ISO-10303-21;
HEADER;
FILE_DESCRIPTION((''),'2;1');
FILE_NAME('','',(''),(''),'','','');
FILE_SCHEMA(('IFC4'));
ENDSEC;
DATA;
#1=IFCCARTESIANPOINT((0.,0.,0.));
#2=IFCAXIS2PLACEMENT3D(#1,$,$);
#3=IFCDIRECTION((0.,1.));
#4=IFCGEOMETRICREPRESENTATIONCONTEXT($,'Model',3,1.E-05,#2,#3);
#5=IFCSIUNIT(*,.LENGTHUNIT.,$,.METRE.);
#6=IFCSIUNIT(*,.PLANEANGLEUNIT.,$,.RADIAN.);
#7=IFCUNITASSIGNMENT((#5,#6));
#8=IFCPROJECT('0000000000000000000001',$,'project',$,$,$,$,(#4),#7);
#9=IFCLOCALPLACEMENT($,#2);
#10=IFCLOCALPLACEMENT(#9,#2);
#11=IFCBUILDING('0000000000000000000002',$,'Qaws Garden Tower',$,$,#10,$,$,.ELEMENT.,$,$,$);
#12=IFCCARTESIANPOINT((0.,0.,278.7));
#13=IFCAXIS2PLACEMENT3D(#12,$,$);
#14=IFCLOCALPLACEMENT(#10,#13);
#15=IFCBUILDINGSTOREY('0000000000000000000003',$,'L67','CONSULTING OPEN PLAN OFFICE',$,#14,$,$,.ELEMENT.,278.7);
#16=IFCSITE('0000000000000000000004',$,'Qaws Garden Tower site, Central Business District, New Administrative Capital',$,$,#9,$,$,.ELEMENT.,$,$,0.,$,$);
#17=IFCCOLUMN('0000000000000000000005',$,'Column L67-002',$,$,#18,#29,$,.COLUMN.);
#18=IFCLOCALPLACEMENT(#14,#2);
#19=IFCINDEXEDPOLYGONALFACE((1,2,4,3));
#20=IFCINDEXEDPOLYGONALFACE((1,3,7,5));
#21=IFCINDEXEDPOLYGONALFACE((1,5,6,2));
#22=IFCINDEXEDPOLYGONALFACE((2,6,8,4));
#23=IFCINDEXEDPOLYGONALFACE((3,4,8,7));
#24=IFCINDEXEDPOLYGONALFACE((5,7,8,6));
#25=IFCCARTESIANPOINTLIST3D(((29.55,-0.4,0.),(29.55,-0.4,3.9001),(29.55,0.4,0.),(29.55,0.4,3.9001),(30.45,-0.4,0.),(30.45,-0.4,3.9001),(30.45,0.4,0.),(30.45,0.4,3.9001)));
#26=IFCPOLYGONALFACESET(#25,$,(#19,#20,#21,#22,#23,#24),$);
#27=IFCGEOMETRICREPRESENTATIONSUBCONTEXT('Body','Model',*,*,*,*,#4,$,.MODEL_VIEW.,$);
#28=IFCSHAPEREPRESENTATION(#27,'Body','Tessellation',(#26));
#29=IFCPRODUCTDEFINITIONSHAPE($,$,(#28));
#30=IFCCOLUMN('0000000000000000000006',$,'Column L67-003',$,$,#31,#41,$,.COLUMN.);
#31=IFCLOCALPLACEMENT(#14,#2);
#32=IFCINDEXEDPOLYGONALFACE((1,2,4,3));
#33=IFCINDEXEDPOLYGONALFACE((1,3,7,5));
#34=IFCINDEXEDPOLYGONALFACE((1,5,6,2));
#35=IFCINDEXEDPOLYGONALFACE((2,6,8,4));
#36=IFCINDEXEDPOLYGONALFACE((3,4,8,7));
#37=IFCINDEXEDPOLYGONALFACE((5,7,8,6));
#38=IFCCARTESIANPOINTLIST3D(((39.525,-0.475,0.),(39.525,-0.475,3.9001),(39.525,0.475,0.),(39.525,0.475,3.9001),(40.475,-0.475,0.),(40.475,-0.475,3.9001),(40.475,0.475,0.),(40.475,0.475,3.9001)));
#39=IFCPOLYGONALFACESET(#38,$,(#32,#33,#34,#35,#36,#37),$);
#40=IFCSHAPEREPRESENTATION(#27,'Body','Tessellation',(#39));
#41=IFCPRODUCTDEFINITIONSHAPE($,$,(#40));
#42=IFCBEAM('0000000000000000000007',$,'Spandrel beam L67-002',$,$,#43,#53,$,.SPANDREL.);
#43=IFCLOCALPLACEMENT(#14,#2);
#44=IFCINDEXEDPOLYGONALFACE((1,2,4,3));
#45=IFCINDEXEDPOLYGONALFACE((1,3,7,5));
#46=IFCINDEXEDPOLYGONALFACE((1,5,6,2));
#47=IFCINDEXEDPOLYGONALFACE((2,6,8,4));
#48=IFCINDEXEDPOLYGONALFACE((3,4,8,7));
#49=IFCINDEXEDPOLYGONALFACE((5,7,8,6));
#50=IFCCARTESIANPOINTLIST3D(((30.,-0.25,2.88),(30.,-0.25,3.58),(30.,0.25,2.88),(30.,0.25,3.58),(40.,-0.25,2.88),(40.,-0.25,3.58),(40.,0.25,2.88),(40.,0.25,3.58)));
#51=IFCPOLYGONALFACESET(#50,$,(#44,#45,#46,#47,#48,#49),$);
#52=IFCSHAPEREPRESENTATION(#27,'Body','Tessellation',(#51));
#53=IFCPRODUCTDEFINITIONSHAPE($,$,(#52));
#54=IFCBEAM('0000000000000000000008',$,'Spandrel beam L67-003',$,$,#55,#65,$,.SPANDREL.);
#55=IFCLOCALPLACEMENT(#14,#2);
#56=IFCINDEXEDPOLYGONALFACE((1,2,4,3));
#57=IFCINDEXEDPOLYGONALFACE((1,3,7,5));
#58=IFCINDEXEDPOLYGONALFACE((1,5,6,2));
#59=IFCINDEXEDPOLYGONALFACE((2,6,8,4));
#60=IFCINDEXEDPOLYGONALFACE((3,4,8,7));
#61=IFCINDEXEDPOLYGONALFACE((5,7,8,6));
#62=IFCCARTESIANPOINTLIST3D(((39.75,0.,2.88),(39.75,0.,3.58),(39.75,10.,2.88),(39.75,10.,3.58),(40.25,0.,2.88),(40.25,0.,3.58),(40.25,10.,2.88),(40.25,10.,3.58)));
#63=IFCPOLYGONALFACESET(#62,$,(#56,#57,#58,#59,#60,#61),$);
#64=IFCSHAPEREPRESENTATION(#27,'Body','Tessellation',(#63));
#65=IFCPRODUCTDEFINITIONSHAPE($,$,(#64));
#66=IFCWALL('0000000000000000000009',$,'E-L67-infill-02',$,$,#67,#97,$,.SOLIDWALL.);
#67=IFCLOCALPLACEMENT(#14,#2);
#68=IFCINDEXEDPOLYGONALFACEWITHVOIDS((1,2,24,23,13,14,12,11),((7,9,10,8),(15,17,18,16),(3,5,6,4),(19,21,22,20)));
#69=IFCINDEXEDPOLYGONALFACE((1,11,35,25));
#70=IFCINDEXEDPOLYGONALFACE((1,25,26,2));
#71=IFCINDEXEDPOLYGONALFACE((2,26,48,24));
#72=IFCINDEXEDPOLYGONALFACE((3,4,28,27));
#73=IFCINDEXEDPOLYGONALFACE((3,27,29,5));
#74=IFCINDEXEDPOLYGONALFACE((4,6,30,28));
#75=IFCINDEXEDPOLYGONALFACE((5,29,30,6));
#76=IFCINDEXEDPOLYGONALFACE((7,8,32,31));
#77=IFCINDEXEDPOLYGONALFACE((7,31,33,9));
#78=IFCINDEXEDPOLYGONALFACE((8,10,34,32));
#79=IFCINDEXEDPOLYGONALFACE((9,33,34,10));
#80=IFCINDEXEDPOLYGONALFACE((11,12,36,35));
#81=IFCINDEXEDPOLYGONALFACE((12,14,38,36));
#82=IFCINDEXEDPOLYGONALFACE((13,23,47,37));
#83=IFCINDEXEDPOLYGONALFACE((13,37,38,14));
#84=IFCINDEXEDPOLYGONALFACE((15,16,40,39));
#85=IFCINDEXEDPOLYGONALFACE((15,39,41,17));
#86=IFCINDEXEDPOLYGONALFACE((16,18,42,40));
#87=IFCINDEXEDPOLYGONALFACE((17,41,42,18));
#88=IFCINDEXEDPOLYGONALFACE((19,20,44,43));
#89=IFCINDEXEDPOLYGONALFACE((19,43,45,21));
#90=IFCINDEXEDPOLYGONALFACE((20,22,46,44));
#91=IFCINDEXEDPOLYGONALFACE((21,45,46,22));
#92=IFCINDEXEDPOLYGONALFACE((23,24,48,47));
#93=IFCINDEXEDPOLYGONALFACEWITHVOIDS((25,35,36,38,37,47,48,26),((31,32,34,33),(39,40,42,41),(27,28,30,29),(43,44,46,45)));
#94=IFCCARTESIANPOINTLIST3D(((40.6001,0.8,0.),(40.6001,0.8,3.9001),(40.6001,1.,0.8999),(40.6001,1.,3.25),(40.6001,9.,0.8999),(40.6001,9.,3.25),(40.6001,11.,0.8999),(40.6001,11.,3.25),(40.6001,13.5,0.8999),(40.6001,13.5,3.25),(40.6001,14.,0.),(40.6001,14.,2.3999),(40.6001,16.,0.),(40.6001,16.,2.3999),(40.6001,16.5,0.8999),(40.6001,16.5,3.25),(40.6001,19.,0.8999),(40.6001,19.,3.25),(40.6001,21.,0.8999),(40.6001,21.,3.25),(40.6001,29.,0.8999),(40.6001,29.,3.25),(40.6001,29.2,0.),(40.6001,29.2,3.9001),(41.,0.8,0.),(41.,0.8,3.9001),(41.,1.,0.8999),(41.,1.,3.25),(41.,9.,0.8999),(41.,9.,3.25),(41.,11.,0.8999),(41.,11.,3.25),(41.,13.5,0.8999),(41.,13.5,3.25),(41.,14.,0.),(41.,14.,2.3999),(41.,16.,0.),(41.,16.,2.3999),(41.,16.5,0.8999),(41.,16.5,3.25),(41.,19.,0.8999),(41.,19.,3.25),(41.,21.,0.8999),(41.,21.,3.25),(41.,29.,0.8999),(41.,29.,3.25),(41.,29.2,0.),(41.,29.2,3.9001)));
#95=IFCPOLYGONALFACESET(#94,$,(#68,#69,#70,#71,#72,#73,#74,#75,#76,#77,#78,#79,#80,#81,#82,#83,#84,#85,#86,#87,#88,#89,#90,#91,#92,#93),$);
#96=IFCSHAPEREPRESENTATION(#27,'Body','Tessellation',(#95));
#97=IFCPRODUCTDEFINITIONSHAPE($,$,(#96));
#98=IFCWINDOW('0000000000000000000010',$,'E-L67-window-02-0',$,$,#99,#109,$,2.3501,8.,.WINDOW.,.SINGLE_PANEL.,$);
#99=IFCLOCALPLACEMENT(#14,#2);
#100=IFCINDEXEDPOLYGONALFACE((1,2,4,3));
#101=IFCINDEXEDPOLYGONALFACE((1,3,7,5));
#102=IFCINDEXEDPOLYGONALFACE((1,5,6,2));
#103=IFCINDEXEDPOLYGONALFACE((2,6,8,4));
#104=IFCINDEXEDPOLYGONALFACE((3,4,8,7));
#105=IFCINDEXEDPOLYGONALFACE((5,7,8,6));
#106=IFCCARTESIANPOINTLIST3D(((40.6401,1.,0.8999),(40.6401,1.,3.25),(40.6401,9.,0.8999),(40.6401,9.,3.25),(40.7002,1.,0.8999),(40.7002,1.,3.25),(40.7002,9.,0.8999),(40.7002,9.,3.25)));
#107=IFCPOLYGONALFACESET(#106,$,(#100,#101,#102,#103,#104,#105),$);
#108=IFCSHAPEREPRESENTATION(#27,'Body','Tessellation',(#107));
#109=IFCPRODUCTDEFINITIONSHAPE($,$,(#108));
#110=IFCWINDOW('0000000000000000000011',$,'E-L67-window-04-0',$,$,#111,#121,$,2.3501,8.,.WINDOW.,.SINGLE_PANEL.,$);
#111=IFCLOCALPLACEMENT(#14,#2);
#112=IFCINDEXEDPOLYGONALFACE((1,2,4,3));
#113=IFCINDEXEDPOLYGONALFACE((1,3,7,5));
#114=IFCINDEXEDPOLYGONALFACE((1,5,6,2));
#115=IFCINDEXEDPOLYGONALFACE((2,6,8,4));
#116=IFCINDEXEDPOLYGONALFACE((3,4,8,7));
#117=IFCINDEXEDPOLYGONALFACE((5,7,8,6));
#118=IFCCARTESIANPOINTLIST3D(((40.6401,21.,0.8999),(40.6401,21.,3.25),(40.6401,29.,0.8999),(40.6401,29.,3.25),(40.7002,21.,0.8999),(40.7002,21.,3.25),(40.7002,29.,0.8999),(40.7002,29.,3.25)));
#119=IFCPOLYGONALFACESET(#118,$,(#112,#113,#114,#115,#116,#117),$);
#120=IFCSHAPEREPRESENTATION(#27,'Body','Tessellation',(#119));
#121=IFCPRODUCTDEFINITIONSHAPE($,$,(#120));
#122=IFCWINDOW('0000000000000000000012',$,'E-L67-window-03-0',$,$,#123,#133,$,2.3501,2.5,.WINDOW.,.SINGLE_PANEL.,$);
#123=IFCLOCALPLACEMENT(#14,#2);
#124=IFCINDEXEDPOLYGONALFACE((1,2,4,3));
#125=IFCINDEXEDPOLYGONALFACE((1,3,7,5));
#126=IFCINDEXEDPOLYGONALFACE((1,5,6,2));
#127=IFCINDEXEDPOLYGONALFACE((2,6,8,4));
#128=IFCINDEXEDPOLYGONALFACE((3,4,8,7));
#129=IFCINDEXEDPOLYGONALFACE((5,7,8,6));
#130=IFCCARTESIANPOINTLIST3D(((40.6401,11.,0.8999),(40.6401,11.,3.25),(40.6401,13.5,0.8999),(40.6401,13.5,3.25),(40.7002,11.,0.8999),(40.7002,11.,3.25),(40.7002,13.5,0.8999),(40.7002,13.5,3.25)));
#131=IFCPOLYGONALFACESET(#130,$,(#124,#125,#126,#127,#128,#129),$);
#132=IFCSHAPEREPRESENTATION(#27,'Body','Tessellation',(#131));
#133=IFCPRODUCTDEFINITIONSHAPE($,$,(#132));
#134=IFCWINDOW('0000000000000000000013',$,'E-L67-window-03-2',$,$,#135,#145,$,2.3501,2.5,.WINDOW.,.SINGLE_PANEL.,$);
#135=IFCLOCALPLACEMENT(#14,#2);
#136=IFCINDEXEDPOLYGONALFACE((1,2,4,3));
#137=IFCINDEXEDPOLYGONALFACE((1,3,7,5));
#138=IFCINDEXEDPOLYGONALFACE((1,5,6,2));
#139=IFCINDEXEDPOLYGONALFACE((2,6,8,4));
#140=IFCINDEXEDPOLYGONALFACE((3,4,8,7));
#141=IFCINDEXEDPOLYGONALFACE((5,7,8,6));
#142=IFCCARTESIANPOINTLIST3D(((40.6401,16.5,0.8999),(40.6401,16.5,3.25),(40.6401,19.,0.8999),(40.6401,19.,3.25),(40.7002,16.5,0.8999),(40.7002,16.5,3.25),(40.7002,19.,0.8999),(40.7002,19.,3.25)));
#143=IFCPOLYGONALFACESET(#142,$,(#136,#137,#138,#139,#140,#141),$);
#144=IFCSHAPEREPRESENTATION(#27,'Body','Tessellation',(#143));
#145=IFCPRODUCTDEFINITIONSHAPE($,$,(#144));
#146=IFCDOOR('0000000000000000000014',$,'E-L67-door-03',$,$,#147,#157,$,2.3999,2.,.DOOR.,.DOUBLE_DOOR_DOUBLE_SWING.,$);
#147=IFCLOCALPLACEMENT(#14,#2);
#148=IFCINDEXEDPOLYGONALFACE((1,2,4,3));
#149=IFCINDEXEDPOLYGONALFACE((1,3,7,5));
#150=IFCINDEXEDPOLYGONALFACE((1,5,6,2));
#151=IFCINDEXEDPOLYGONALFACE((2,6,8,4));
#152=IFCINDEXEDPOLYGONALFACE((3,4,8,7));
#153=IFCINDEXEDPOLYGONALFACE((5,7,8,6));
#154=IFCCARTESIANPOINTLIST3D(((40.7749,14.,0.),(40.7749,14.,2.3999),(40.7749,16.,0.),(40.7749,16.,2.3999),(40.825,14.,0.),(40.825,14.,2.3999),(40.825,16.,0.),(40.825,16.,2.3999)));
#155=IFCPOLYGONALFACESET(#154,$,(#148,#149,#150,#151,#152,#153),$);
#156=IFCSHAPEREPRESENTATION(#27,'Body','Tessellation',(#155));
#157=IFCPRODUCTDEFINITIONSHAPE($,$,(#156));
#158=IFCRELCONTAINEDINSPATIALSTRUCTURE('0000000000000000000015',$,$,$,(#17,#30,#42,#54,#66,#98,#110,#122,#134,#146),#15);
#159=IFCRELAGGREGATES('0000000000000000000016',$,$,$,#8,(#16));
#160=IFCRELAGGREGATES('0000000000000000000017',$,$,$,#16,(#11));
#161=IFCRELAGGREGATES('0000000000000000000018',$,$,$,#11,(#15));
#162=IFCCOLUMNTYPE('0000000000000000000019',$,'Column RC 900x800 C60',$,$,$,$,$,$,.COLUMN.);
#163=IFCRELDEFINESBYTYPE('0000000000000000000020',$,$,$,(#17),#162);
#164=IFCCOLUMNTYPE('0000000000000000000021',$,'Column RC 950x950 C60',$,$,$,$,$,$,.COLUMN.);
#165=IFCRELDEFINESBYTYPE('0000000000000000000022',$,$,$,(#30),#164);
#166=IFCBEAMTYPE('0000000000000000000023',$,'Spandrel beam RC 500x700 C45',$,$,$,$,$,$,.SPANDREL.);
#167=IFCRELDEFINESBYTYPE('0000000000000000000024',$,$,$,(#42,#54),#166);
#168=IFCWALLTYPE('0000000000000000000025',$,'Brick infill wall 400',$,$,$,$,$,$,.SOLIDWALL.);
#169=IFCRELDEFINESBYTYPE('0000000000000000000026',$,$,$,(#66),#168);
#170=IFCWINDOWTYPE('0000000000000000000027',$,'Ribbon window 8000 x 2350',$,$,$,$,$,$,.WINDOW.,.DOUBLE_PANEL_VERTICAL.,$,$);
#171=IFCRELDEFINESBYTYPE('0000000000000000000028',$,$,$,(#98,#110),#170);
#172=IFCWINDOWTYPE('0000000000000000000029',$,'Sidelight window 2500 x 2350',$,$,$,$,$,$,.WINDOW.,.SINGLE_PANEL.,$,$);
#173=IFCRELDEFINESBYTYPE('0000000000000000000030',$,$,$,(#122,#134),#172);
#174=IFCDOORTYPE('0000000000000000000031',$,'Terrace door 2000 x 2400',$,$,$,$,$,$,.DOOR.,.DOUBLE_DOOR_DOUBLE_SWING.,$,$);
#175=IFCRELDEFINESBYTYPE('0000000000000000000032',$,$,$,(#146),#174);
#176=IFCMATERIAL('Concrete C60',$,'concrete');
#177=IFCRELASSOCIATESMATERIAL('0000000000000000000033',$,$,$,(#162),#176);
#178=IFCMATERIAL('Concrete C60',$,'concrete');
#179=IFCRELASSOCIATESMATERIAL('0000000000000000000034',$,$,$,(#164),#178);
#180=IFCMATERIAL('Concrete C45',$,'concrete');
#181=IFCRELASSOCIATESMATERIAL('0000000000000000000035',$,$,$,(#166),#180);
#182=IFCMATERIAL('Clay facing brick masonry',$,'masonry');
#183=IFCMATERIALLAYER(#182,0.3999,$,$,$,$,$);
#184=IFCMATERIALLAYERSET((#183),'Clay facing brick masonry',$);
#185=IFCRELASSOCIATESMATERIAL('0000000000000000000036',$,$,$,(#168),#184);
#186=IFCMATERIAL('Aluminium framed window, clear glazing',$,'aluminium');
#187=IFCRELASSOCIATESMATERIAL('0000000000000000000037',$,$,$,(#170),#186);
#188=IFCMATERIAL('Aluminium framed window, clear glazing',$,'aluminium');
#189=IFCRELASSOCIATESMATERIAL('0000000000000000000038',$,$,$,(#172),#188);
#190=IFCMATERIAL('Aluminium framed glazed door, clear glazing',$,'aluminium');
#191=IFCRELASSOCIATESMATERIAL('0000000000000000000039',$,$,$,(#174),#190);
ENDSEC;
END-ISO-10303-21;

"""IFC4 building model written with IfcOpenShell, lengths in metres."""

from ifc_helpers import new_model, si_unit, direction, frame, frame_2d, origin, origin_2d, place, context, subcontext, project, spatial, rectangle, extrude, material, layer, layer_set, material_profile, profile_set, type_object, element, fill, save


model = new_model("IFC4")

# Units and contexts
model_context = context("Model", 3, precision=1e-05, world=origin(), true_north=direction((0.0, 1.0)))
body_context = subcontext(model_context, "Body", "Model", "MODEL_VIEW")
ifc_project = project(units=[si_unit("LENGTHUNIT", "METRE"), si_unit("PLANEANGLEUNIT", "RADIAN")], contexts=[model_context])

# Site, building, storey
site_placement = place(None, origin())
site = spatial("IfcSite", under=ifc_project, at=site_placement, Name="Qaws Garden Tower site, Central Business District, New Administrative Capital", CompositionType="ELEMENT", RefElevation=0.0)
building_placement = place(site_placement, origin())
building = spatial("IfcBuilding", under=site, at=building_placement, Name="Qaws Garden Tower", CompositionType="ELEMENT")
storey_placement = place(building_placement, frame((0.0, 0.0, 278.7)))
storey = spatial("IfcBuildingStorey", under=building, at=storey_placement, Name="L67", Description="CONSULTING OPEN PLAN OFFICE", CompositionType="ELEMENT", Elevation=278.7)

# Columns
ifc_material_1 = material(Name="Concrete C60", Category="concrete")
ifc_material_profile_1 = material_profile(ifc_material_1, rectangle(XDim=0.8999, YDim=0.8, at=origin_2d()), Name="RC 900x800")
ifc_profile_set_1 = profile_set([ifc_material_profile_1], Name="Concrete C60")
column_type_1 = type_object("IfcColumnType", Name="Column RC 900x800 C60", PredefinedType="COLUMN", material=ifc_profile_set_1)
column_1_placement = place(storey_placement, frame((30.0, 0.0, 0.0), z_axis=(0.0, 0.0, 1.0), x_axis=(1.0, 0.0, 0.0)))
element("IfcColumn", 1, at=column_1_placement, inside=storey, type_object=column_type_1, Name="Column L67-002", PredefinedType="COLUMN", context=body_context, shape_type="SweptSolid", body=[
    extrude(rectangle(XDim=0.8999, YDim=0.8, at=origin_2d()), origin(), (0.0, 0.0, 1.0), 3.9001),
])
ifc_material_2 = material(Name="Concrete C60", Category="concrete")
ifc_material_profile_2 = material_profile(ifc_material_2, rectangle(XDim=0.95, YDim=0.95, at=origin_2d()), Name="RC 950x950")
ifc_profile_set_2 = profile_set([ifc_material_profile_2], Name="Concrete C60")
column_type_2 = type_object("IfcColumnType", Name="Column RC 950x950 C60", PredefinedType="COLUMN", material=ifc_profile_set_2)
column_2_placement = place(storey_placement, frame((40.0, 0.0, 0.0), z_axis=(0.0, 0.0, 1.0), x_axis=(1.0, 0.0, 0.0)))
element("IfcColumn", 2, at=column_2_placement, inside=storey, type_object=column_type_2, Name="Column L67-003", PredefinedType="COLUMN", context=body_context, shape_type="SweptSolid", body=[
    extrude(rectangle(XDim=0.95, YDim=0.95, at=origin_2d()), origin(), (0.0, 0.0, 1.0), 3.9001),
])

# Beams
ifc_material_3 = material(Name="Concrete C45", Category="concrete")
ifc_material_profile_3 = material_profile(ifc_material_3, rectangle(XDim=0.5, YDim=0.7, at=origin_2d()), Name="RC 500x700")
ifc_profile_set_3 = profile_set([ifc_material_profile_3], Name="Concrete C45")
beam_type = type_object("IfcBeamType", Name="Spandrel beam RC 500x700 C45", PredefinedType="SPANDREL", material=ifc_profile_set_3)
for number, where, z_axis, x_axis, name in (
    (3, (30.0, 0.0, 3.23), (1.0, 0.0, 0.0), (0.0, 1.0, 0.0), "Spandrel beam L67-002"),
    (4, (40.0, 0.0, 3.23), (0.0, 1.0, 0.0), (-1.0, 0.0, 0.0), "Spandrel beam L67-003"),
):
    element("IfcBeam", number, at=place(storey_placement, frame(where, z_axis=z_axis, x_axis=x_axis)), inside=storey, type_object=beam_type, Name=name, PredefinedType="SPANDREL", context=body_context, shape_type="SweptSolid", body=[
        extrude(rectangle(XDim=0.5, YDim=0.7, at=origin_2d()), origin(), (0.0, 0.0, 1.0), 10.0),
    ])

# Wall, openings, windows, door
ifc_material_4 = material(Name="Clay facing brick masonry", Category="masonry")
ifc_layer_1 = layer(ifc_material_4, 0.3999)
ifc_layer_set_1 = layer_set([ifc_layer_1], Name="Clay facing brick masonry")
wall_type_1 = type_object("IfcWallType", Name="Brick infill wall 400", PredefinedType="SOLIDWALL", material=ifc_layer_set_1)
wall_1_placement = place(storey_placement, frame((40.8, 0.8, 0.0), z_axis=(0.0, 0.0, 1.0), x_axis=(0.0, 1.0, 0.0)))
wall_1 = element("IfcWall", 5, at=wall_1_placement, inside=storey, type_object=wall_type_1, Name="E-L67-infill-02", PredefinedType="SOLIDWALL", context=body_context, shape_type="SweptSolid", body=[
    extrude(rectangle(XDim=28.3999, YDim=0.3999, at=frame_2d((14.2, 0.0))), origin(), (0.0, 0.0, 1.0), 3.9001),
])
opening_1_placement = place(wall_1_placement, frame((0.2, 0.0, 0.8999)))
opening_1 = element("IfcOpeningElement", 6, at=opening_1_placement, cuts=wall_1, PredefinedType="OPENING", context=body_context, shape_type="SweptSolid", body=[
    extrude(rectangle(XDim=8.0, YDim=2.3501, at=frame_2d((4.0, 1.175))), frame((0.0, 0.21, 0.0), z_axis=(0.0, -1.0, 0.0), x_axis=(1.0, 0.0, 0.0)), (0.0, 0.0, 1.0), 0.4199),
])
opening_2_placement = place(wall_1_placement, frame((10.2, 0.0, 0.8999)))
opening_2 = element("IfcOpeningElement", 7, at=opening_2_placement, cuts=wall_1, PredefinedType="OPENING", context=body_context, shape_type="SweptSolid", body=[
    extrude(rectangle(XDim=2.5, YDim=2.3501, at=frame_2d((1.25, 1.175))), frame((0.0, 0.21, 0.0), z_axis=(0.0, -1.0, 0.0), x_axis=(1.0, 0.0, 0.0)), (0.0, 0.0, 1.0), 0.4199),
])
opening_3_placement = place(wall_1_placement, frame((13.2, 0.0, 0.0)))
opening_3 = element("IfcOpeningElement", 8, at=opening_3_placement, cuts=wall_1, PredefinedType="OPENING", context=body_context, shape_type="SweptSolid", body=[
    extrude(rectangle(XDim=2.0, YDim=2.3999, at=frame_2d((1.0, 1.2))), frame((0.0, 0.21, 0.0), z_axis=(0.0, -1.0, 0.0), x_axis=(1.0, 0.0, 0.0)), (0.0, 0.0, 1.0), 0.4199),
])
opening_4_placement = place(wall_1_placement, frame((15.7, 0.0, 0.8999)))
opening_4 = element("IfcOpeningElement", 9, at=opening_4_placement, cuts=wall_1, PredefinedType="OPENING", context=body_context, shape_type="SweptSolid", body=[
    extrude(rectangle(XDim=2.5, YDim=2.3501, at=frame_2d((1.25, 1.175))), frame((0.0, 0.21, 0.0), z_axis=(0.0, -1.0, 0.0), x_axis=(1.0, 0.0, 0.0)), (0.0, 0.0, 1.0), 0.4199),
])
opening_5_placement = place(wall_1_placement, frame((20.2, 0.0, 0.8999)))
opening_5 = element("IfcOpeningElement", 10, at=opening_5_placement, cuts=wall_1, PredefinedType="OPENING", context=body_context, shape_type="SweptSolid", body=[
    extrude(rectangle(XDim=8.0, YDim=2.3501, at=frame_2d((4.0, 1.175))), frame((0.0, 0.21, 0.0), z_axis=(0.0, -1.0, 0.0), x_axis=(1.0, 0.0, 0.0)), (0.0, 0.0, 1.0), 0.4199),
])
ifc_material_5 = material(Name="Aluminium framed window, clear glazing", Category="aluminium")
window_type_1 = type_object("IfcWindowType", Name="Ribbon window 8000 x 2350", PartitioningType="DOUBLE_PANEL_VERTICAL", PredefinedType="WINDOW", material=ifc_material_5)
window_1_placement = place(opening_1_placement, origin())
window_1 = element("IfcWindow", 11, at=window_1_placement, inside=storey, type_object=window_type_1, Name="E-L67-window-02-0", OverallHeight=2.3501, OverallWidth=8.0, PartitioningType="SINGLE_PANEL", PredefinedType="WINDOW", context=body_context, shape_type="SweptSolid", body=[
    extrude(rectangle(XDim=8.0, YDim=2.3501, at=frame_2d((4.0, 1.175))), frame((0.0, 0.1599, 0.0), z_axis=(0.0, -1.0, 0.0), x_axis=(1.0, 0.0, 0.0)), (0.0, 0.0, 1.0), 0.0601),
])
fill(opening_1, window_1)
window_2_placement = place(opening_5_placement, origin())
window_2 = element("IfcWindow", 12, at=window_2_placement, inside=storey, type_object=window_type_1, Name="E-L67-window-04-0", OverallHeight=2.3501, OverallWidth=8.0, PartitioningType="SINGLE_PANEL", PredefinedType="WINDOW", context=body_context, shape_type="SweptSolid", body=[
    extrude(rectangle(XDim=8.0, YDim=2.3501, at=frame_2d((4.0, 1.175))), frame((0.0, 0.1599, 0.0), z_axis=(0.0, -1.0, 0.0), x_axis=(1.0, 0.0, 0.0)), (0.0, 0.0, 1.0), 0.0601),
])
fill(opening_5, window_2)
ifc_material_6 = material(Name="Aluminium framed window, clear glazing", Category="aluminium")
window_type_2 = type_object("IfcWindowType", Name="Sidelight window 2500 x 2350", PartitioningType="SINGLE_PANEL", PredefinedType="WINDOW", material=ifc_material_6)
window_3_placement = place(opening_2_placement, origin())
window_3 = element("IfcWindow", 13, at=window_3_placement, inside=storey, type_object=window_type_2, Name="E-L67-window-03-0", OverallHeight=2.3501, OverallWidth=2.5, PartitioningType="SINGLE_PANEL", PredefinedType="WINDOW", context=body_context, shape_type="SweptSolid", body=[
    extrude(rectangle(XDim=2.5, YDim=2.3501, at=frame_2d((1.25, 1.175))), frame((0.0, 0.1599, 0.0), z_axis=(0.0, -1.0, 0.0), x_axis=(1.0, 0.0, 0.0)), (0.0, 0.0, 1.0), 0.0601),
])
fill(opening_2, window_3)
window_4_placement = place(opening_4_placement, origin())
window_4 = element("IfcWindow", 14, at=window_4_placement, inside=storey, type_object=window_type_2, Name="E-L67-window-03-2", OverallHeight=2.3501, OverallWidth=2.5, PartitioningType="SINGLE_PANEL", PredefinedType="WINDOW", context=body_context, shape_type="SweptSolid", body=[
    extrude(rectangle(XDim=2.5, YDim=2.3501, at=frame_2d((1.25, 1.175))), frame((0.0, 0.1599, 0.0), z_axis=(0.0, -1.0, 0.0), x_axis=(1.0, 0.0, 0.0)), (0.0, 0.0, 1.0), 0.0601),
])
fill(opening_4, window_4)
ifc_material_7 = material(Name="Aluminium framed glazed door, clear glazing", Category="aluminium")
door_type_1 = type_object("IfcDoorType", Name="Terrace door 2000 x 2400", OperationType="DOUBLE_DOOR_DOUBLE_SWING", PredefinedType="DOOR", material=ifc_material_7)
door_1_placement = place(opening_3_placement, frame((2.0, 0.0, 0.0), z_axis=(0.0, 0.0, 1.0), x_axis=(-1.0, 0.0, 0.0)))
door_1 = element("IfcDoor", 15, at=door_1_placement, inside=storey, type_object=door_type_1, Name="E-L67-door-03", OperationType="DOUBLE_DOOR_DOUBLE_SWING", OverallHeight=2.3999, OverallWidth=2.0, PredefinedType="DOOR", context=body_context, shape_type="SweptSolid", body=[
    extrude(rectangle(XDim=2.0, YDim=2.3999, at=frame_2d((1.0, 1.2))), frame((0.0, 0.0249, 0.0), z_axis=(0.0, -1.0, 0.0), x_axis=(1.0, 0.0, 0.0)), (0.0, 0.0, 1.0), 0.05),
])
fill(opening_3, door_1)

save(model, "model.ifc")
